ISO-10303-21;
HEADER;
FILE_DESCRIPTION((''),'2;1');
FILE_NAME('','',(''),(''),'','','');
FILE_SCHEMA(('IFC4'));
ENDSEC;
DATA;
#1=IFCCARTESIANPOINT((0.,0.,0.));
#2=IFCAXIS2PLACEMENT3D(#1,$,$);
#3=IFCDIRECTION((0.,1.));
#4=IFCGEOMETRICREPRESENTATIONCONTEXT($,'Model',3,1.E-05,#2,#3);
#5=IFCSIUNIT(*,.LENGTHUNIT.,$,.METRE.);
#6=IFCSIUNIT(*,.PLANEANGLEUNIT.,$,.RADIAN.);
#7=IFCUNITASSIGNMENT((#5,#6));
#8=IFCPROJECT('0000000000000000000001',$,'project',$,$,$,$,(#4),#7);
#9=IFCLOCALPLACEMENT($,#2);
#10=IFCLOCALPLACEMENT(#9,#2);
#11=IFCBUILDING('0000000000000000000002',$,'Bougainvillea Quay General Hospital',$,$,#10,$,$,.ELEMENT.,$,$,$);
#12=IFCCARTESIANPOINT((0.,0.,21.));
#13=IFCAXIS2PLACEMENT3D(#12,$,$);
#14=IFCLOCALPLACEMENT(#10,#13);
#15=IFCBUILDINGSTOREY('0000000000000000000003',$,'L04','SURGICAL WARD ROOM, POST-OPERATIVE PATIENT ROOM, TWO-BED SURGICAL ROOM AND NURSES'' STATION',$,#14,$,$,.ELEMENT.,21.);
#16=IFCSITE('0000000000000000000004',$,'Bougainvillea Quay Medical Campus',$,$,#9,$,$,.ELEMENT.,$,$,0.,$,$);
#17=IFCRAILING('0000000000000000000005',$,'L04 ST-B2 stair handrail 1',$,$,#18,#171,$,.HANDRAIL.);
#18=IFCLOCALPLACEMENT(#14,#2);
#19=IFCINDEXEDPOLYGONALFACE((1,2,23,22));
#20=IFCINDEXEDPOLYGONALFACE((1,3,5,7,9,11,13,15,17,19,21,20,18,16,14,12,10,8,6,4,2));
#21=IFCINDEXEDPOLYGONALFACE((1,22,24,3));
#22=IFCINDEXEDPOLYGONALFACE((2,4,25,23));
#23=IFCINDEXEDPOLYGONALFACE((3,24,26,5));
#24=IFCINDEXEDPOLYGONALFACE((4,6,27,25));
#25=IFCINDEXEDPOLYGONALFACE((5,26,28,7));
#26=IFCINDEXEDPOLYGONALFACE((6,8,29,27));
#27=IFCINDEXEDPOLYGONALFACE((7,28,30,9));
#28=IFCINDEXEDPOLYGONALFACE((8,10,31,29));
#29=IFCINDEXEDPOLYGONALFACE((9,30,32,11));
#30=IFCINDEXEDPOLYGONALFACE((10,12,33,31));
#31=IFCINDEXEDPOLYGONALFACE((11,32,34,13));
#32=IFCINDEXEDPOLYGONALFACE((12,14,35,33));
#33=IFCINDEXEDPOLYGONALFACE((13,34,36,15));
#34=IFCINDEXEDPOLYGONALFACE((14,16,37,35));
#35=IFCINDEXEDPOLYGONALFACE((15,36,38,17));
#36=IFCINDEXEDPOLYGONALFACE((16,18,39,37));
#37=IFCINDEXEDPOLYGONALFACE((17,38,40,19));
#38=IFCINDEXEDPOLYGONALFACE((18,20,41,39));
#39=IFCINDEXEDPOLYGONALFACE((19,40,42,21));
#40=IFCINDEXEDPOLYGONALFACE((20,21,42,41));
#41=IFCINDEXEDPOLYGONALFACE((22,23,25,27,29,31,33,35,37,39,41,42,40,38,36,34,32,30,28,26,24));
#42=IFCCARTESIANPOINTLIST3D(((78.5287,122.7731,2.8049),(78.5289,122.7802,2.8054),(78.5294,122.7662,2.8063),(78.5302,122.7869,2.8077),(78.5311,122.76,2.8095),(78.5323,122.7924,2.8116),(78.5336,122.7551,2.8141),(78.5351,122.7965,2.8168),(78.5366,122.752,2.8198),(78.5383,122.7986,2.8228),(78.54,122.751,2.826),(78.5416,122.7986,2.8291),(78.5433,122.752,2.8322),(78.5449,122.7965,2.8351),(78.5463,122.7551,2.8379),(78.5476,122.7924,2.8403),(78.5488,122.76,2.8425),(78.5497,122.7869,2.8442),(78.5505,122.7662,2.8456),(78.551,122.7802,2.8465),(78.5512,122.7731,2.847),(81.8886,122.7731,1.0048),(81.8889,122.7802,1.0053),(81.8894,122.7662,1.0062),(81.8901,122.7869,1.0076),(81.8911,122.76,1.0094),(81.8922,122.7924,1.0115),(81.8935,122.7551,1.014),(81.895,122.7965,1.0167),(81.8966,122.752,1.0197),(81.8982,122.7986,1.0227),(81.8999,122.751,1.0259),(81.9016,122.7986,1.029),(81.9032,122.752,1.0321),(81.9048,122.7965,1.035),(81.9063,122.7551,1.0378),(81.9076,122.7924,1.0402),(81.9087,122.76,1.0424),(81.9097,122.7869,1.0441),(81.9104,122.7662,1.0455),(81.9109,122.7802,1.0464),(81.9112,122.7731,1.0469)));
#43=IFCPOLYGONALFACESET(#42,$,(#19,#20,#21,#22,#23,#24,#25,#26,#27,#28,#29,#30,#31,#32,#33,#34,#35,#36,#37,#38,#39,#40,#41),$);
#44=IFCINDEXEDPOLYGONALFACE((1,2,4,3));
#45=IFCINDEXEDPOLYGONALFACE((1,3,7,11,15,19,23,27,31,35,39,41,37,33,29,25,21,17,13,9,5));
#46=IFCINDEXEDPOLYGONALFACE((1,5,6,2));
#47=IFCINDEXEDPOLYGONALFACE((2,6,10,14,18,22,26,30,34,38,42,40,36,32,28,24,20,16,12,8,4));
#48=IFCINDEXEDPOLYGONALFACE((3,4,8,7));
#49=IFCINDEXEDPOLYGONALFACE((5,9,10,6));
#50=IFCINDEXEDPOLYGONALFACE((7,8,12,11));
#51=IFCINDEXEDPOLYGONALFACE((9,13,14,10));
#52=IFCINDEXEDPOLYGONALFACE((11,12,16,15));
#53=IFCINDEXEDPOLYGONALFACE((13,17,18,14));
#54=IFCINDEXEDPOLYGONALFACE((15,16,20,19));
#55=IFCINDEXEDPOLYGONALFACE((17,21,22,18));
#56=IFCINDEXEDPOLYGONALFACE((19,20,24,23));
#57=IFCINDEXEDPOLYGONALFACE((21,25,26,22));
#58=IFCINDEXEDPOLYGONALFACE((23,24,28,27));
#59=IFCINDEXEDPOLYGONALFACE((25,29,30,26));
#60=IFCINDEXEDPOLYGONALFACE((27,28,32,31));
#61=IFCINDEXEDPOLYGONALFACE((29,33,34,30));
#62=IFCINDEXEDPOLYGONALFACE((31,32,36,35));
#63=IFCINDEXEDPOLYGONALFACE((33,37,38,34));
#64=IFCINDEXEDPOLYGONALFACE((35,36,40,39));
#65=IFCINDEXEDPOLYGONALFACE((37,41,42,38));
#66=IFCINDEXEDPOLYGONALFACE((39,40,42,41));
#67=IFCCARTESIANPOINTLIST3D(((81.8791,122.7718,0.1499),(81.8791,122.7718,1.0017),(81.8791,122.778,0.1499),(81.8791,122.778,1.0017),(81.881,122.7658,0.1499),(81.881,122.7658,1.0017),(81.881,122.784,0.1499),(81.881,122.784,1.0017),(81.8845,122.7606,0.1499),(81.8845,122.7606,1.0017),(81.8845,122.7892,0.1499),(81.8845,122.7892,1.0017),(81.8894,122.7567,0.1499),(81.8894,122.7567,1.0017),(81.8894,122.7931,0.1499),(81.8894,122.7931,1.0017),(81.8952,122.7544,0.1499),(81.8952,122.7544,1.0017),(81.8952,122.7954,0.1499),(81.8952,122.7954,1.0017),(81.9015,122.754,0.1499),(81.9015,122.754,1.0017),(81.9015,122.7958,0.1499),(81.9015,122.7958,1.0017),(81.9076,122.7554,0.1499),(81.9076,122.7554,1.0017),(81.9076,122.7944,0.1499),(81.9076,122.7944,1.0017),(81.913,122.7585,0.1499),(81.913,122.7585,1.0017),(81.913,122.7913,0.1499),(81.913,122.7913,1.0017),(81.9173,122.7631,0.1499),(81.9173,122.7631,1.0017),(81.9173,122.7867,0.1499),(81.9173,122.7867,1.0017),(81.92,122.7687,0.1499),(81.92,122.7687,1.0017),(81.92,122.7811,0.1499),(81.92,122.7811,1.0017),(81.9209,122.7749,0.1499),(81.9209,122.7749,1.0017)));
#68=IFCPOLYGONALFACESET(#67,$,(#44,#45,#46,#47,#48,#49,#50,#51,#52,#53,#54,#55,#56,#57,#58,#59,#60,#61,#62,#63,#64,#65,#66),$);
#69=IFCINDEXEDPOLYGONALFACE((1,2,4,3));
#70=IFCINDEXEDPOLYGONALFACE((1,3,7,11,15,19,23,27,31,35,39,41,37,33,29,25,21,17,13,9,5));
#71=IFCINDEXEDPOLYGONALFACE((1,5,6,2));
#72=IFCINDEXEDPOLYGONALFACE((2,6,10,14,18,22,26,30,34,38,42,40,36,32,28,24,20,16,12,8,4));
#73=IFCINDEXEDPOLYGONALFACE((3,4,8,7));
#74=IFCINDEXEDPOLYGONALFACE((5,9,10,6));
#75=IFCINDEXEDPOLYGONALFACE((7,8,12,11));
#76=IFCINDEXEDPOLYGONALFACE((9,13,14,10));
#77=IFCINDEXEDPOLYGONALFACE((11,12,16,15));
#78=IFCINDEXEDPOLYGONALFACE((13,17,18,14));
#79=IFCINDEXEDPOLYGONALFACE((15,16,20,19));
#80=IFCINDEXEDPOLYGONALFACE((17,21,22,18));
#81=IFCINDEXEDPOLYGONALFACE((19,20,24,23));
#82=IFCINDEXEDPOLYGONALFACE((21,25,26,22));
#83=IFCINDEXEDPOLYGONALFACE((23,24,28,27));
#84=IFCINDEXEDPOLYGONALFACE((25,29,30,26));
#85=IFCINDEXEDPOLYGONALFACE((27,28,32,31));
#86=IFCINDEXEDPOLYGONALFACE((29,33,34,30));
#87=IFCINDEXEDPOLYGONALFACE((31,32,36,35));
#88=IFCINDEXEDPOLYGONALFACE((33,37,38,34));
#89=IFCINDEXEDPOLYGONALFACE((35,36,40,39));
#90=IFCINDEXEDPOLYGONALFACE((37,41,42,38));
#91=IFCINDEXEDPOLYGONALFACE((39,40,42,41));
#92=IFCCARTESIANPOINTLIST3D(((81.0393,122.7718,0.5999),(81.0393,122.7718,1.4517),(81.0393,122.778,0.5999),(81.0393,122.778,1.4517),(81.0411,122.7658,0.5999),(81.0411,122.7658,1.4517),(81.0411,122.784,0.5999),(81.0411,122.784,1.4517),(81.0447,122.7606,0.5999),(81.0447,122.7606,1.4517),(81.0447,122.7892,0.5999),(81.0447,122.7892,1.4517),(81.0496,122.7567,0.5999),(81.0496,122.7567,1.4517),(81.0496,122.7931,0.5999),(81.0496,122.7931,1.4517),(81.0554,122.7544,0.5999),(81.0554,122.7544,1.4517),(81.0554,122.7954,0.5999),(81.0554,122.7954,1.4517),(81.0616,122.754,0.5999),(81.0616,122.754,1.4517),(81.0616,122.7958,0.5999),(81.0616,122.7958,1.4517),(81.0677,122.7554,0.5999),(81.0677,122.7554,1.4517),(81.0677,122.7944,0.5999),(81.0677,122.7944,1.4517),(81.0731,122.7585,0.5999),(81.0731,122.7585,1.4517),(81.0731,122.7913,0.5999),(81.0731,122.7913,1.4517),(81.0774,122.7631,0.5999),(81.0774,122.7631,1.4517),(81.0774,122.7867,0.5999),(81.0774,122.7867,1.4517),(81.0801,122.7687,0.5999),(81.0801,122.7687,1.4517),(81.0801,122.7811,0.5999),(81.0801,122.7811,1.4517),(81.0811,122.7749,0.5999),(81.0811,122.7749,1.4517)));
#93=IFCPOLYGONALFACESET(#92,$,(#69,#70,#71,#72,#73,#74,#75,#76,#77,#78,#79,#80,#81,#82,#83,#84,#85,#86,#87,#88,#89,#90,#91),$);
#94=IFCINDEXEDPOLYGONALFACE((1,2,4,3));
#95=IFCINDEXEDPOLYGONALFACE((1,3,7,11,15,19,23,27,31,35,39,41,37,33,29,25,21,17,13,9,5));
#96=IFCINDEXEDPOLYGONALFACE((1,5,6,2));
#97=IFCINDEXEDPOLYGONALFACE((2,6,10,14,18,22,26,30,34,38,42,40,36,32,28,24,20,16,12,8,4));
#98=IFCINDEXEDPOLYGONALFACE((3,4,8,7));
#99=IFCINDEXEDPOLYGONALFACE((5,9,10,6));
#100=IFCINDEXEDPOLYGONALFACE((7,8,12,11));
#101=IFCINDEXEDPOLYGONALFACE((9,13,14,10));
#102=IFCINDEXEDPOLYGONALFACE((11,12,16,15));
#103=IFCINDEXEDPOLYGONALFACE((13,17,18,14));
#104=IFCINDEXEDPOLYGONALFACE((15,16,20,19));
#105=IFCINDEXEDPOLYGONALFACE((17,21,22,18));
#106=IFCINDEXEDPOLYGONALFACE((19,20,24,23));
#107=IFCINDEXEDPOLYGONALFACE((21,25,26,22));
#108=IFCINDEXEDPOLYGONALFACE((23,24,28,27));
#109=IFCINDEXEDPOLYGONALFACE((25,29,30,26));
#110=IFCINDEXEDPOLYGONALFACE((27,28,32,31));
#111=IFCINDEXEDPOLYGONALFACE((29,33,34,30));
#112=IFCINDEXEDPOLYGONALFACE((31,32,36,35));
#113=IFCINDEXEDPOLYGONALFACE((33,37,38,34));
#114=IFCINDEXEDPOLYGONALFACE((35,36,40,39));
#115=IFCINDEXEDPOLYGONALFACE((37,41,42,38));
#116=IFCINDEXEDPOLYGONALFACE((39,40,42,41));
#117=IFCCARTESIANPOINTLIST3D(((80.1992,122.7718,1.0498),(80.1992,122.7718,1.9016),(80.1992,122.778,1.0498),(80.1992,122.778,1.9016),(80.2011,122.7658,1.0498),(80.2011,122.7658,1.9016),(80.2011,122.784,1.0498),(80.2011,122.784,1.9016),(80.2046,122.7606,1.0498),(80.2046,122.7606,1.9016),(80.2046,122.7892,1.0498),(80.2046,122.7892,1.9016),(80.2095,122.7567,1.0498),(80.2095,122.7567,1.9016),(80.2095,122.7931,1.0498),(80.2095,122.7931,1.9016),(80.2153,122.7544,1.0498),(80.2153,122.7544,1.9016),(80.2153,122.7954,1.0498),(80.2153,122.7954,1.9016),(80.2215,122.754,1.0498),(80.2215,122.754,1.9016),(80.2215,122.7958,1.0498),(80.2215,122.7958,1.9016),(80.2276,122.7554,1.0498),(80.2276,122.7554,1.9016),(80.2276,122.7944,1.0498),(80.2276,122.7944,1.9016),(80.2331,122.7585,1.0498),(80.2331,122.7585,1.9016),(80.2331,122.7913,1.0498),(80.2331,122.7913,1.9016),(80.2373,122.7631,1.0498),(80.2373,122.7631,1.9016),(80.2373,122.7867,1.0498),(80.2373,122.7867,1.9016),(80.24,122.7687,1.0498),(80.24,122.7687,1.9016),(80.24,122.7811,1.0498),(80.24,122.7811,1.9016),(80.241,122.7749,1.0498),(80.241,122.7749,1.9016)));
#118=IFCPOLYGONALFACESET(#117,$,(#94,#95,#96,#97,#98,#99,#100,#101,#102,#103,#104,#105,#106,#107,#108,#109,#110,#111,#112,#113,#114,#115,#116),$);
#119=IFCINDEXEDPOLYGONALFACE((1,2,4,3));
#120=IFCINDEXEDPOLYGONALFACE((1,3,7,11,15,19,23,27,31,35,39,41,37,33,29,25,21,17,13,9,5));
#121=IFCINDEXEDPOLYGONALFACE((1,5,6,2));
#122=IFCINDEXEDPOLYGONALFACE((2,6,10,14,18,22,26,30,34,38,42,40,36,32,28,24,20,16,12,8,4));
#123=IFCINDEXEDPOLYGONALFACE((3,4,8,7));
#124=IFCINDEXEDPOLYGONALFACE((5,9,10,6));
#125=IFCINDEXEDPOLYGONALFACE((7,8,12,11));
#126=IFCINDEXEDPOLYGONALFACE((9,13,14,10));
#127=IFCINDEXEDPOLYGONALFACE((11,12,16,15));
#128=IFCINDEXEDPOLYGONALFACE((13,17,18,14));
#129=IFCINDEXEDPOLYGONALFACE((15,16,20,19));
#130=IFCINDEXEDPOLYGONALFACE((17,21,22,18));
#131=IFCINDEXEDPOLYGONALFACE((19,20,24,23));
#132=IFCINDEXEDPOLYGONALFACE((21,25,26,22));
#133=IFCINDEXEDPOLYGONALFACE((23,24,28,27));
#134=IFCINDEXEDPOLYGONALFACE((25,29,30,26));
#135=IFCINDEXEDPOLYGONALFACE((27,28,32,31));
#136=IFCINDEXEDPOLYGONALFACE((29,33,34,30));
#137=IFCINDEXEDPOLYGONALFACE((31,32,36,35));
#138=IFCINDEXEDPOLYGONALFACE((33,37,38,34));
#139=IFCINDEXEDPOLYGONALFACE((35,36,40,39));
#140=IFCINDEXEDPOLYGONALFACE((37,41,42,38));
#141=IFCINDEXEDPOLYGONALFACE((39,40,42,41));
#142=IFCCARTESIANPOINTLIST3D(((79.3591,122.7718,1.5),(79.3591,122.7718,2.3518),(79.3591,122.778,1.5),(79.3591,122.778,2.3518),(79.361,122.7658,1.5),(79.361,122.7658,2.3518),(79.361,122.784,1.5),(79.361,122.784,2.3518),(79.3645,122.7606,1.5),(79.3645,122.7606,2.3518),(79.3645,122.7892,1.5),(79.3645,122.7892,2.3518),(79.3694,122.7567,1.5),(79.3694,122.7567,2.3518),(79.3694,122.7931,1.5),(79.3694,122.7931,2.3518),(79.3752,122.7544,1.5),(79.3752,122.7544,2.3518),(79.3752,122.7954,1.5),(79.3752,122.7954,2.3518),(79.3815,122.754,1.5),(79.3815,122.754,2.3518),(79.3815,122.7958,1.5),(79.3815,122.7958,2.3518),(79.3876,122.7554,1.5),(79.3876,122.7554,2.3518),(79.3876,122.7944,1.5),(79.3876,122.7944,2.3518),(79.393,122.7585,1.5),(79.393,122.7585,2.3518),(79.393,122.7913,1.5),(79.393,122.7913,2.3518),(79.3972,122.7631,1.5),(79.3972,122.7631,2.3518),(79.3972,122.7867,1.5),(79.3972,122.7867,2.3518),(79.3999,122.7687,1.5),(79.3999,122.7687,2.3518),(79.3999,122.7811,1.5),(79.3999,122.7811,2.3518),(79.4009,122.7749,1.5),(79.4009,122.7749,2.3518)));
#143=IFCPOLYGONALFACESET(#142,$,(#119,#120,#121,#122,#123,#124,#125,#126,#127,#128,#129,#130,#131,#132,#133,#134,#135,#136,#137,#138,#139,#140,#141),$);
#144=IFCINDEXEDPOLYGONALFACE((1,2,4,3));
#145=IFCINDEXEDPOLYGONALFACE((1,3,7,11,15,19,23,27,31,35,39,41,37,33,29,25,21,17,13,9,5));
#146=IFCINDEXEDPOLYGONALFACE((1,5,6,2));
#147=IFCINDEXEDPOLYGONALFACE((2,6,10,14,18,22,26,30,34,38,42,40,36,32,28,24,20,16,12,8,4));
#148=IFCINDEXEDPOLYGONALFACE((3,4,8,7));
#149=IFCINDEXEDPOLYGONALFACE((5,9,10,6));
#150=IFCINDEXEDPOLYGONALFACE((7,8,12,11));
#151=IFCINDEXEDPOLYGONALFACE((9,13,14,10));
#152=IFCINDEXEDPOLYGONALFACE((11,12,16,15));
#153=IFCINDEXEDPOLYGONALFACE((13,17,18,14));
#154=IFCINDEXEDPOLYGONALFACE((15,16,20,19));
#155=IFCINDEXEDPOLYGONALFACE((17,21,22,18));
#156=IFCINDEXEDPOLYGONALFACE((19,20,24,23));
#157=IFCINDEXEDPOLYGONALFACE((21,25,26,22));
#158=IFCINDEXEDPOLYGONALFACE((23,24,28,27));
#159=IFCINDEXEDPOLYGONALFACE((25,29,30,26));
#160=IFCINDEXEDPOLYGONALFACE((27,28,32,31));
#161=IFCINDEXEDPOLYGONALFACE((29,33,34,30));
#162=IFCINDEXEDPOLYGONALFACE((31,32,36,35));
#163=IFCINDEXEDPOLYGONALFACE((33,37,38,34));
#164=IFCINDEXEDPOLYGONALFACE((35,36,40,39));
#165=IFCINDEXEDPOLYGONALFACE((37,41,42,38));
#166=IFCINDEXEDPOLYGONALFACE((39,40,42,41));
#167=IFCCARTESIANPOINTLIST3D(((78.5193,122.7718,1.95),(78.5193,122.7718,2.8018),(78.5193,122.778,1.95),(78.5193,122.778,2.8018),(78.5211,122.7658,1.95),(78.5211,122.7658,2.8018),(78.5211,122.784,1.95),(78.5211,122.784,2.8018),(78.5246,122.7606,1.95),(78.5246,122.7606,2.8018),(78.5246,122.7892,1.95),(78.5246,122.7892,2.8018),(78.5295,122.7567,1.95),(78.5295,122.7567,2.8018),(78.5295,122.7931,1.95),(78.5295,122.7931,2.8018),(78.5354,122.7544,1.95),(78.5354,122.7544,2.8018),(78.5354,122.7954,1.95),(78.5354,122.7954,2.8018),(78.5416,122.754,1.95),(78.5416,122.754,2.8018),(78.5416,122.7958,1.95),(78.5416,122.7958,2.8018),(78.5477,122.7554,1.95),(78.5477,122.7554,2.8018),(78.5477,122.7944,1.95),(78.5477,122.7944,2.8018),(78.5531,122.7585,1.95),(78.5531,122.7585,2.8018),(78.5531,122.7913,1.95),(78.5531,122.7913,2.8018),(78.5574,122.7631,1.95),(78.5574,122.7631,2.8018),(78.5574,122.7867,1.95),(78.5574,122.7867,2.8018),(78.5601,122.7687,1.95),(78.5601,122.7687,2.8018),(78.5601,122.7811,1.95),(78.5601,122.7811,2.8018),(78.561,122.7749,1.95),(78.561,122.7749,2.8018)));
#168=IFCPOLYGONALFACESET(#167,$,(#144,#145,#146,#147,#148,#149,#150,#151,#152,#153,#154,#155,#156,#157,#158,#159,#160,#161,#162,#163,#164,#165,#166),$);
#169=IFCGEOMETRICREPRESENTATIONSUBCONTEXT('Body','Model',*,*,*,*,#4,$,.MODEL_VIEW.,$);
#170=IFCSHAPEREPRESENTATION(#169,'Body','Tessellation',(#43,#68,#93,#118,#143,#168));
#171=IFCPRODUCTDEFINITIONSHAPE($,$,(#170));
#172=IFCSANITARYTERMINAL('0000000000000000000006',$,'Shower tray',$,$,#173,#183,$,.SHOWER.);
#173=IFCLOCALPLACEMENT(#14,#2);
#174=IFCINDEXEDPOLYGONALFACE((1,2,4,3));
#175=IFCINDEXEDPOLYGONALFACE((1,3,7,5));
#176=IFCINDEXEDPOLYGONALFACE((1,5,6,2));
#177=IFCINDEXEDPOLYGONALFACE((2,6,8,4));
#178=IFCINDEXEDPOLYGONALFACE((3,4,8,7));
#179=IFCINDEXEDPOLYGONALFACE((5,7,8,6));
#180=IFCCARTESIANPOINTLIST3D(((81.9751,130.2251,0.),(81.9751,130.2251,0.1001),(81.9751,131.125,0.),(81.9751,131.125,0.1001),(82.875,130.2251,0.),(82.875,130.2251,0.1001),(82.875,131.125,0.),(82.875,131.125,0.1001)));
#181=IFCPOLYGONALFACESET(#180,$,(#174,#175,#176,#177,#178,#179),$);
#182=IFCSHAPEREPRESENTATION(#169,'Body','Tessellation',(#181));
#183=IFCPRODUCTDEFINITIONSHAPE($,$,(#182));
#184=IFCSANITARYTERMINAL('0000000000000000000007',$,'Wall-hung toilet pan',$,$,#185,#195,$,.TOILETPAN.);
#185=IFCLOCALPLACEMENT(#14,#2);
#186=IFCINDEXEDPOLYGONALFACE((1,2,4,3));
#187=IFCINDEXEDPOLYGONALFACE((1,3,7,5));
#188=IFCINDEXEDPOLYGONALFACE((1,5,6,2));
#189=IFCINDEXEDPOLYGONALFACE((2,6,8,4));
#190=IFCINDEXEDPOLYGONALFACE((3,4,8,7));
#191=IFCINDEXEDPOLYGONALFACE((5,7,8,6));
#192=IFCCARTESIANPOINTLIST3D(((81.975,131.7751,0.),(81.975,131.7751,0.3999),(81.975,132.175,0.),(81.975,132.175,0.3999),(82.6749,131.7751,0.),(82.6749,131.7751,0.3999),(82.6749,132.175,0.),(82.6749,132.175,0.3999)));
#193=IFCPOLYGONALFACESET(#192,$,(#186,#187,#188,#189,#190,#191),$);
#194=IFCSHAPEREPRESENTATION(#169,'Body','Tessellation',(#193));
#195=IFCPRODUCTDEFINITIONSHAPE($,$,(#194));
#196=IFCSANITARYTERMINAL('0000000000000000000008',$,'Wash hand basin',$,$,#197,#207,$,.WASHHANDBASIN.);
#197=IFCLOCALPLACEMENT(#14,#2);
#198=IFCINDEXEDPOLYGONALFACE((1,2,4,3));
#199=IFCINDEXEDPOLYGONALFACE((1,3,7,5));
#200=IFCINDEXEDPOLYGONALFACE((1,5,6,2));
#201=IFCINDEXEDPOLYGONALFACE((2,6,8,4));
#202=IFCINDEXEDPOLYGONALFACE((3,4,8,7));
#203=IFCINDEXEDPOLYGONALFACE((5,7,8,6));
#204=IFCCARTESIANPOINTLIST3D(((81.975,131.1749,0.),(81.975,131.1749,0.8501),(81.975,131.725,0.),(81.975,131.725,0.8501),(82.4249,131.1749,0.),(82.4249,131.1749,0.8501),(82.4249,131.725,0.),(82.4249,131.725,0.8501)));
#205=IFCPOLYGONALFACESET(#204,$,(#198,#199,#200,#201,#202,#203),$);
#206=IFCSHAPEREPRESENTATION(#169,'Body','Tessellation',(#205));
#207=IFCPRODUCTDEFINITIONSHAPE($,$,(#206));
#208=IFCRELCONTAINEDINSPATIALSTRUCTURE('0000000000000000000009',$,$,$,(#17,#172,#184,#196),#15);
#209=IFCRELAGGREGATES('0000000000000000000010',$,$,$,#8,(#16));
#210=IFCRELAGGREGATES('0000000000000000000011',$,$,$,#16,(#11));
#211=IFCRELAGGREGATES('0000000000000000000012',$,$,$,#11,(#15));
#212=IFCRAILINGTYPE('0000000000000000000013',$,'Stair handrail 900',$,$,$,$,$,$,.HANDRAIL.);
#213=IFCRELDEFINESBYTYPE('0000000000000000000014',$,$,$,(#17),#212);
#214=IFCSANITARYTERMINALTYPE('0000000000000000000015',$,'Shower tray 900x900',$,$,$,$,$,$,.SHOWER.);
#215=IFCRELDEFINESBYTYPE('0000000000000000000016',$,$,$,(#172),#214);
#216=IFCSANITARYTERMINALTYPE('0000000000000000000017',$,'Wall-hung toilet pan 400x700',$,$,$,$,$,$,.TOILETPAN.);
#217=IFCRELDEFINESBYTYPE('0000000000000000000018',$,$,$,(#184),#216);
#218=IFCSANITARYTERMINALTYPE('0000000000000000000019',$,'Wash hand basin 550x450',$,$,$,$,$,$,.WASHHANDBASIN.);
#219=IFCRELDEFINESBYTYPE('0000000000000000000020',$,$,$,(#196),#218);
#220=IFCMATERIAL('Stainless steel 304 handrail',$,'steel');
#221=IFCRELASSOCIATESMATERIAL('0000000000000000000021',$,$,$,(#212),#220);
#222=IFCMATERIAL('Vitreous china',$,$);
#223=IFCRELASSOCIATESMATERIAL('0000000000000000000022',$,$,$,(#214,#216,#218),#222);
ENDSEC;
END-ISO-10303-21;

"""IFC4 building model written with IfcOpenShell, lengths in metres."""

from ifc_helpers import new_model, si_unit, direction, frame, origin, origin_2d, place, context, subcontext, project, spatial, rectangle, circle, extrude, material, type_object, element, save


model = new_model("IFC4")

# Units and contexts
model_context = context("Model", 3, precision=1e-05, world=origin(), true_north=direction((0.0, 1.0)))
body_context = subcontext(model_context, "Body", "Model", "MODEL_VIEW")
ifc_project = project(units=[si_unit("LENGTHUNIT", "METRE"), si_unit("PLANEANGLEUNIT", "RADIAN")], contexts=[model_context])

# Site, building, storey
site_placement = place(None, origin())
site = spatial("IfcSite", under=ifc_project, at=site_placement, Name="Bougainvillea Quay Medical Campus", CompositionType="ELEMENT", RefElevation=0.0)
building_placement = place(site_placement, origin())
building = spatial("IfcBuilding", under=site, at=building_placement, Name="Bougainvillea Quay General Hospital", CompositionType="ELEMENT")
storey_placement = place(building_placement, frame((0.0, 0.0, 21.0)))
storey = spatial("IfcBuildingStorey", under=building, at=storey_placement, Name="L04", Description="SURGICAL WARD ROOM, POST-OPERATIVE PATIENT ROOM, TWO-BED SURGICAL ROOM AND NURSES' STATION", CompositionType="ELEMENT", Elevation=21.0)

# Railing
ifc_material_1 = material(Name="Stainless steel 304 handrail", Category="steel")
railing_type_1 = type_object("IfcRailingType", Name="Stair handrail 900", PredefinedType="HANDRAIL", material=ifc_material_1)
railing_1_placement = place(storey_placement, frame((81.8999, 122.7749, 0.1499)))
element("IfcRailing", 1, at=railing_1_placement, inside=storey, type_object=railing_type_1, Name="L04 ST-B2 stair handrail 1", PredefinedType="HANDRAIL", context=body_context, shape_type="SweptSolid", body=[
    extrude(circle(Radius=0.0239, at=origin_2d()), frame((0.0, 0.0, 0.876), z_axis=(-0.881467, 0.0, 0.472246), x_axis=(0.0, -1.0, 0.0)), (0.0, 0.0, 1.0), 3.8118),
    extrude(circle(Radius=0.021, at=origin_2d()), origin(), (0.0, 0.0, 1.0), 0.8518),
    extrude(circle(Radius=0.021, at=origin_2d()), frame((-0.8398, 0.0, 0.45)), (0.0, 0.0, 1.0), 0.8518),
    extrude(circle(Radius=0.021, at=origin_2d()), frame((-1.6799, 0.0, 0.8999)), (0.0, 0.0, 1.0), 0.8518),
    extrude(circle(Radius=0.021, at=origin_2d()), frame((-2.52, 0.0, 1.3501)), (0.0, 0.0, 1.0), 0.8518),
    extrude(circle(Radius=0.021, at=origin_2d()), frame((-3.3599, 0.0, 1.8)), (0.0, 0.0, 1.0), 0.8518),
])

# Sanitary terminals
ifc_material_2 = material(Name="Vitreous china")
sanitary_terminal_type_1 = type_object("IfcSanitaryTerminalType", Name="Shower tray 900x900", PredefinedType="SHOWER", material=ifc_material_2)
sanitary_terminal_1_placement = place(storey_placement, frame((82.425, 130.675, 0.0), z_axis=(0.0, 0.0, 1.0), x_axis=(0.0, 1.0, 0.0)))
element("IfcSanitaryTerminal", 2, at=sanitary_terminal_1_placement, inside=storey, type_object=sanitary_terminal_type_1, Name="Shower tray", PredefinedType="SHOWER", context=body_context, shape_type="SweptSolid", body=[
    extrude(rectangle(XDim=0.8999, YDim=0.8999, at=origin_2d()), origin(), (0.0, 0.0, 1.0), 0.1001),
])
sanitary_terminal_type_2 = type_object("IfcSanitaryTerminalType", Name="Wall-hung toilet pan 400x700", PredefinedType="TOILETPAN", material=ifc_material_2)
sanitary_terminal_2_placement = place(storey_placement, frame((82.325, 131.9751, 0.0), z_axis=(0.0, 0.0, 1.0), x_axis=(0.0, 1.0, 0.0)))
element("IfcSanitaryTerminal", 3, at=sanitary_terminal_2_placement, inside=storey, type_object=sanitary_terminal_type_2, Name="Wall-hung toilet pan", PredefinedType="TOILETPAN", context=body_context, shape_type="SweptSolid", body=[
    extrude(rectangle(XDim=0.3999, YDim=0.7, at=origin_2d()), origin(), (0.0, 0.0, 1.0), 0.3999),
])
sanitary_terminal_type_3 = type_object("IfcSanitaryTerminalType", Name="Wash hand basin 550x450", PredefinedType="WASHHANDBASIN", material=ifc_material_2)
sanitary_terminal_3_placement = place(storey_placement, frame((82.2, 131.45, 0.0), z_axis=(0.0, 0.0, 1.0), x_axis=(0.0, 1.0, 0.0)))
element("IfcSanitaryTerminal", 4, at=sanitary_terminal_3_placement, inside=storey, type_object=sanitary_terminal_type_3, Name="Wash hand basin", PredefinedType="WASHHANDBASIN", context=body_context, shape_type="SweptSolid", body=[
    extrude(rectangle(XDim=0.55, YDim=0.45, at=origin_2d()), origin(), (0.0, 0.0, 1.0), 0.8501),
])

save(model, "model.ifc")
